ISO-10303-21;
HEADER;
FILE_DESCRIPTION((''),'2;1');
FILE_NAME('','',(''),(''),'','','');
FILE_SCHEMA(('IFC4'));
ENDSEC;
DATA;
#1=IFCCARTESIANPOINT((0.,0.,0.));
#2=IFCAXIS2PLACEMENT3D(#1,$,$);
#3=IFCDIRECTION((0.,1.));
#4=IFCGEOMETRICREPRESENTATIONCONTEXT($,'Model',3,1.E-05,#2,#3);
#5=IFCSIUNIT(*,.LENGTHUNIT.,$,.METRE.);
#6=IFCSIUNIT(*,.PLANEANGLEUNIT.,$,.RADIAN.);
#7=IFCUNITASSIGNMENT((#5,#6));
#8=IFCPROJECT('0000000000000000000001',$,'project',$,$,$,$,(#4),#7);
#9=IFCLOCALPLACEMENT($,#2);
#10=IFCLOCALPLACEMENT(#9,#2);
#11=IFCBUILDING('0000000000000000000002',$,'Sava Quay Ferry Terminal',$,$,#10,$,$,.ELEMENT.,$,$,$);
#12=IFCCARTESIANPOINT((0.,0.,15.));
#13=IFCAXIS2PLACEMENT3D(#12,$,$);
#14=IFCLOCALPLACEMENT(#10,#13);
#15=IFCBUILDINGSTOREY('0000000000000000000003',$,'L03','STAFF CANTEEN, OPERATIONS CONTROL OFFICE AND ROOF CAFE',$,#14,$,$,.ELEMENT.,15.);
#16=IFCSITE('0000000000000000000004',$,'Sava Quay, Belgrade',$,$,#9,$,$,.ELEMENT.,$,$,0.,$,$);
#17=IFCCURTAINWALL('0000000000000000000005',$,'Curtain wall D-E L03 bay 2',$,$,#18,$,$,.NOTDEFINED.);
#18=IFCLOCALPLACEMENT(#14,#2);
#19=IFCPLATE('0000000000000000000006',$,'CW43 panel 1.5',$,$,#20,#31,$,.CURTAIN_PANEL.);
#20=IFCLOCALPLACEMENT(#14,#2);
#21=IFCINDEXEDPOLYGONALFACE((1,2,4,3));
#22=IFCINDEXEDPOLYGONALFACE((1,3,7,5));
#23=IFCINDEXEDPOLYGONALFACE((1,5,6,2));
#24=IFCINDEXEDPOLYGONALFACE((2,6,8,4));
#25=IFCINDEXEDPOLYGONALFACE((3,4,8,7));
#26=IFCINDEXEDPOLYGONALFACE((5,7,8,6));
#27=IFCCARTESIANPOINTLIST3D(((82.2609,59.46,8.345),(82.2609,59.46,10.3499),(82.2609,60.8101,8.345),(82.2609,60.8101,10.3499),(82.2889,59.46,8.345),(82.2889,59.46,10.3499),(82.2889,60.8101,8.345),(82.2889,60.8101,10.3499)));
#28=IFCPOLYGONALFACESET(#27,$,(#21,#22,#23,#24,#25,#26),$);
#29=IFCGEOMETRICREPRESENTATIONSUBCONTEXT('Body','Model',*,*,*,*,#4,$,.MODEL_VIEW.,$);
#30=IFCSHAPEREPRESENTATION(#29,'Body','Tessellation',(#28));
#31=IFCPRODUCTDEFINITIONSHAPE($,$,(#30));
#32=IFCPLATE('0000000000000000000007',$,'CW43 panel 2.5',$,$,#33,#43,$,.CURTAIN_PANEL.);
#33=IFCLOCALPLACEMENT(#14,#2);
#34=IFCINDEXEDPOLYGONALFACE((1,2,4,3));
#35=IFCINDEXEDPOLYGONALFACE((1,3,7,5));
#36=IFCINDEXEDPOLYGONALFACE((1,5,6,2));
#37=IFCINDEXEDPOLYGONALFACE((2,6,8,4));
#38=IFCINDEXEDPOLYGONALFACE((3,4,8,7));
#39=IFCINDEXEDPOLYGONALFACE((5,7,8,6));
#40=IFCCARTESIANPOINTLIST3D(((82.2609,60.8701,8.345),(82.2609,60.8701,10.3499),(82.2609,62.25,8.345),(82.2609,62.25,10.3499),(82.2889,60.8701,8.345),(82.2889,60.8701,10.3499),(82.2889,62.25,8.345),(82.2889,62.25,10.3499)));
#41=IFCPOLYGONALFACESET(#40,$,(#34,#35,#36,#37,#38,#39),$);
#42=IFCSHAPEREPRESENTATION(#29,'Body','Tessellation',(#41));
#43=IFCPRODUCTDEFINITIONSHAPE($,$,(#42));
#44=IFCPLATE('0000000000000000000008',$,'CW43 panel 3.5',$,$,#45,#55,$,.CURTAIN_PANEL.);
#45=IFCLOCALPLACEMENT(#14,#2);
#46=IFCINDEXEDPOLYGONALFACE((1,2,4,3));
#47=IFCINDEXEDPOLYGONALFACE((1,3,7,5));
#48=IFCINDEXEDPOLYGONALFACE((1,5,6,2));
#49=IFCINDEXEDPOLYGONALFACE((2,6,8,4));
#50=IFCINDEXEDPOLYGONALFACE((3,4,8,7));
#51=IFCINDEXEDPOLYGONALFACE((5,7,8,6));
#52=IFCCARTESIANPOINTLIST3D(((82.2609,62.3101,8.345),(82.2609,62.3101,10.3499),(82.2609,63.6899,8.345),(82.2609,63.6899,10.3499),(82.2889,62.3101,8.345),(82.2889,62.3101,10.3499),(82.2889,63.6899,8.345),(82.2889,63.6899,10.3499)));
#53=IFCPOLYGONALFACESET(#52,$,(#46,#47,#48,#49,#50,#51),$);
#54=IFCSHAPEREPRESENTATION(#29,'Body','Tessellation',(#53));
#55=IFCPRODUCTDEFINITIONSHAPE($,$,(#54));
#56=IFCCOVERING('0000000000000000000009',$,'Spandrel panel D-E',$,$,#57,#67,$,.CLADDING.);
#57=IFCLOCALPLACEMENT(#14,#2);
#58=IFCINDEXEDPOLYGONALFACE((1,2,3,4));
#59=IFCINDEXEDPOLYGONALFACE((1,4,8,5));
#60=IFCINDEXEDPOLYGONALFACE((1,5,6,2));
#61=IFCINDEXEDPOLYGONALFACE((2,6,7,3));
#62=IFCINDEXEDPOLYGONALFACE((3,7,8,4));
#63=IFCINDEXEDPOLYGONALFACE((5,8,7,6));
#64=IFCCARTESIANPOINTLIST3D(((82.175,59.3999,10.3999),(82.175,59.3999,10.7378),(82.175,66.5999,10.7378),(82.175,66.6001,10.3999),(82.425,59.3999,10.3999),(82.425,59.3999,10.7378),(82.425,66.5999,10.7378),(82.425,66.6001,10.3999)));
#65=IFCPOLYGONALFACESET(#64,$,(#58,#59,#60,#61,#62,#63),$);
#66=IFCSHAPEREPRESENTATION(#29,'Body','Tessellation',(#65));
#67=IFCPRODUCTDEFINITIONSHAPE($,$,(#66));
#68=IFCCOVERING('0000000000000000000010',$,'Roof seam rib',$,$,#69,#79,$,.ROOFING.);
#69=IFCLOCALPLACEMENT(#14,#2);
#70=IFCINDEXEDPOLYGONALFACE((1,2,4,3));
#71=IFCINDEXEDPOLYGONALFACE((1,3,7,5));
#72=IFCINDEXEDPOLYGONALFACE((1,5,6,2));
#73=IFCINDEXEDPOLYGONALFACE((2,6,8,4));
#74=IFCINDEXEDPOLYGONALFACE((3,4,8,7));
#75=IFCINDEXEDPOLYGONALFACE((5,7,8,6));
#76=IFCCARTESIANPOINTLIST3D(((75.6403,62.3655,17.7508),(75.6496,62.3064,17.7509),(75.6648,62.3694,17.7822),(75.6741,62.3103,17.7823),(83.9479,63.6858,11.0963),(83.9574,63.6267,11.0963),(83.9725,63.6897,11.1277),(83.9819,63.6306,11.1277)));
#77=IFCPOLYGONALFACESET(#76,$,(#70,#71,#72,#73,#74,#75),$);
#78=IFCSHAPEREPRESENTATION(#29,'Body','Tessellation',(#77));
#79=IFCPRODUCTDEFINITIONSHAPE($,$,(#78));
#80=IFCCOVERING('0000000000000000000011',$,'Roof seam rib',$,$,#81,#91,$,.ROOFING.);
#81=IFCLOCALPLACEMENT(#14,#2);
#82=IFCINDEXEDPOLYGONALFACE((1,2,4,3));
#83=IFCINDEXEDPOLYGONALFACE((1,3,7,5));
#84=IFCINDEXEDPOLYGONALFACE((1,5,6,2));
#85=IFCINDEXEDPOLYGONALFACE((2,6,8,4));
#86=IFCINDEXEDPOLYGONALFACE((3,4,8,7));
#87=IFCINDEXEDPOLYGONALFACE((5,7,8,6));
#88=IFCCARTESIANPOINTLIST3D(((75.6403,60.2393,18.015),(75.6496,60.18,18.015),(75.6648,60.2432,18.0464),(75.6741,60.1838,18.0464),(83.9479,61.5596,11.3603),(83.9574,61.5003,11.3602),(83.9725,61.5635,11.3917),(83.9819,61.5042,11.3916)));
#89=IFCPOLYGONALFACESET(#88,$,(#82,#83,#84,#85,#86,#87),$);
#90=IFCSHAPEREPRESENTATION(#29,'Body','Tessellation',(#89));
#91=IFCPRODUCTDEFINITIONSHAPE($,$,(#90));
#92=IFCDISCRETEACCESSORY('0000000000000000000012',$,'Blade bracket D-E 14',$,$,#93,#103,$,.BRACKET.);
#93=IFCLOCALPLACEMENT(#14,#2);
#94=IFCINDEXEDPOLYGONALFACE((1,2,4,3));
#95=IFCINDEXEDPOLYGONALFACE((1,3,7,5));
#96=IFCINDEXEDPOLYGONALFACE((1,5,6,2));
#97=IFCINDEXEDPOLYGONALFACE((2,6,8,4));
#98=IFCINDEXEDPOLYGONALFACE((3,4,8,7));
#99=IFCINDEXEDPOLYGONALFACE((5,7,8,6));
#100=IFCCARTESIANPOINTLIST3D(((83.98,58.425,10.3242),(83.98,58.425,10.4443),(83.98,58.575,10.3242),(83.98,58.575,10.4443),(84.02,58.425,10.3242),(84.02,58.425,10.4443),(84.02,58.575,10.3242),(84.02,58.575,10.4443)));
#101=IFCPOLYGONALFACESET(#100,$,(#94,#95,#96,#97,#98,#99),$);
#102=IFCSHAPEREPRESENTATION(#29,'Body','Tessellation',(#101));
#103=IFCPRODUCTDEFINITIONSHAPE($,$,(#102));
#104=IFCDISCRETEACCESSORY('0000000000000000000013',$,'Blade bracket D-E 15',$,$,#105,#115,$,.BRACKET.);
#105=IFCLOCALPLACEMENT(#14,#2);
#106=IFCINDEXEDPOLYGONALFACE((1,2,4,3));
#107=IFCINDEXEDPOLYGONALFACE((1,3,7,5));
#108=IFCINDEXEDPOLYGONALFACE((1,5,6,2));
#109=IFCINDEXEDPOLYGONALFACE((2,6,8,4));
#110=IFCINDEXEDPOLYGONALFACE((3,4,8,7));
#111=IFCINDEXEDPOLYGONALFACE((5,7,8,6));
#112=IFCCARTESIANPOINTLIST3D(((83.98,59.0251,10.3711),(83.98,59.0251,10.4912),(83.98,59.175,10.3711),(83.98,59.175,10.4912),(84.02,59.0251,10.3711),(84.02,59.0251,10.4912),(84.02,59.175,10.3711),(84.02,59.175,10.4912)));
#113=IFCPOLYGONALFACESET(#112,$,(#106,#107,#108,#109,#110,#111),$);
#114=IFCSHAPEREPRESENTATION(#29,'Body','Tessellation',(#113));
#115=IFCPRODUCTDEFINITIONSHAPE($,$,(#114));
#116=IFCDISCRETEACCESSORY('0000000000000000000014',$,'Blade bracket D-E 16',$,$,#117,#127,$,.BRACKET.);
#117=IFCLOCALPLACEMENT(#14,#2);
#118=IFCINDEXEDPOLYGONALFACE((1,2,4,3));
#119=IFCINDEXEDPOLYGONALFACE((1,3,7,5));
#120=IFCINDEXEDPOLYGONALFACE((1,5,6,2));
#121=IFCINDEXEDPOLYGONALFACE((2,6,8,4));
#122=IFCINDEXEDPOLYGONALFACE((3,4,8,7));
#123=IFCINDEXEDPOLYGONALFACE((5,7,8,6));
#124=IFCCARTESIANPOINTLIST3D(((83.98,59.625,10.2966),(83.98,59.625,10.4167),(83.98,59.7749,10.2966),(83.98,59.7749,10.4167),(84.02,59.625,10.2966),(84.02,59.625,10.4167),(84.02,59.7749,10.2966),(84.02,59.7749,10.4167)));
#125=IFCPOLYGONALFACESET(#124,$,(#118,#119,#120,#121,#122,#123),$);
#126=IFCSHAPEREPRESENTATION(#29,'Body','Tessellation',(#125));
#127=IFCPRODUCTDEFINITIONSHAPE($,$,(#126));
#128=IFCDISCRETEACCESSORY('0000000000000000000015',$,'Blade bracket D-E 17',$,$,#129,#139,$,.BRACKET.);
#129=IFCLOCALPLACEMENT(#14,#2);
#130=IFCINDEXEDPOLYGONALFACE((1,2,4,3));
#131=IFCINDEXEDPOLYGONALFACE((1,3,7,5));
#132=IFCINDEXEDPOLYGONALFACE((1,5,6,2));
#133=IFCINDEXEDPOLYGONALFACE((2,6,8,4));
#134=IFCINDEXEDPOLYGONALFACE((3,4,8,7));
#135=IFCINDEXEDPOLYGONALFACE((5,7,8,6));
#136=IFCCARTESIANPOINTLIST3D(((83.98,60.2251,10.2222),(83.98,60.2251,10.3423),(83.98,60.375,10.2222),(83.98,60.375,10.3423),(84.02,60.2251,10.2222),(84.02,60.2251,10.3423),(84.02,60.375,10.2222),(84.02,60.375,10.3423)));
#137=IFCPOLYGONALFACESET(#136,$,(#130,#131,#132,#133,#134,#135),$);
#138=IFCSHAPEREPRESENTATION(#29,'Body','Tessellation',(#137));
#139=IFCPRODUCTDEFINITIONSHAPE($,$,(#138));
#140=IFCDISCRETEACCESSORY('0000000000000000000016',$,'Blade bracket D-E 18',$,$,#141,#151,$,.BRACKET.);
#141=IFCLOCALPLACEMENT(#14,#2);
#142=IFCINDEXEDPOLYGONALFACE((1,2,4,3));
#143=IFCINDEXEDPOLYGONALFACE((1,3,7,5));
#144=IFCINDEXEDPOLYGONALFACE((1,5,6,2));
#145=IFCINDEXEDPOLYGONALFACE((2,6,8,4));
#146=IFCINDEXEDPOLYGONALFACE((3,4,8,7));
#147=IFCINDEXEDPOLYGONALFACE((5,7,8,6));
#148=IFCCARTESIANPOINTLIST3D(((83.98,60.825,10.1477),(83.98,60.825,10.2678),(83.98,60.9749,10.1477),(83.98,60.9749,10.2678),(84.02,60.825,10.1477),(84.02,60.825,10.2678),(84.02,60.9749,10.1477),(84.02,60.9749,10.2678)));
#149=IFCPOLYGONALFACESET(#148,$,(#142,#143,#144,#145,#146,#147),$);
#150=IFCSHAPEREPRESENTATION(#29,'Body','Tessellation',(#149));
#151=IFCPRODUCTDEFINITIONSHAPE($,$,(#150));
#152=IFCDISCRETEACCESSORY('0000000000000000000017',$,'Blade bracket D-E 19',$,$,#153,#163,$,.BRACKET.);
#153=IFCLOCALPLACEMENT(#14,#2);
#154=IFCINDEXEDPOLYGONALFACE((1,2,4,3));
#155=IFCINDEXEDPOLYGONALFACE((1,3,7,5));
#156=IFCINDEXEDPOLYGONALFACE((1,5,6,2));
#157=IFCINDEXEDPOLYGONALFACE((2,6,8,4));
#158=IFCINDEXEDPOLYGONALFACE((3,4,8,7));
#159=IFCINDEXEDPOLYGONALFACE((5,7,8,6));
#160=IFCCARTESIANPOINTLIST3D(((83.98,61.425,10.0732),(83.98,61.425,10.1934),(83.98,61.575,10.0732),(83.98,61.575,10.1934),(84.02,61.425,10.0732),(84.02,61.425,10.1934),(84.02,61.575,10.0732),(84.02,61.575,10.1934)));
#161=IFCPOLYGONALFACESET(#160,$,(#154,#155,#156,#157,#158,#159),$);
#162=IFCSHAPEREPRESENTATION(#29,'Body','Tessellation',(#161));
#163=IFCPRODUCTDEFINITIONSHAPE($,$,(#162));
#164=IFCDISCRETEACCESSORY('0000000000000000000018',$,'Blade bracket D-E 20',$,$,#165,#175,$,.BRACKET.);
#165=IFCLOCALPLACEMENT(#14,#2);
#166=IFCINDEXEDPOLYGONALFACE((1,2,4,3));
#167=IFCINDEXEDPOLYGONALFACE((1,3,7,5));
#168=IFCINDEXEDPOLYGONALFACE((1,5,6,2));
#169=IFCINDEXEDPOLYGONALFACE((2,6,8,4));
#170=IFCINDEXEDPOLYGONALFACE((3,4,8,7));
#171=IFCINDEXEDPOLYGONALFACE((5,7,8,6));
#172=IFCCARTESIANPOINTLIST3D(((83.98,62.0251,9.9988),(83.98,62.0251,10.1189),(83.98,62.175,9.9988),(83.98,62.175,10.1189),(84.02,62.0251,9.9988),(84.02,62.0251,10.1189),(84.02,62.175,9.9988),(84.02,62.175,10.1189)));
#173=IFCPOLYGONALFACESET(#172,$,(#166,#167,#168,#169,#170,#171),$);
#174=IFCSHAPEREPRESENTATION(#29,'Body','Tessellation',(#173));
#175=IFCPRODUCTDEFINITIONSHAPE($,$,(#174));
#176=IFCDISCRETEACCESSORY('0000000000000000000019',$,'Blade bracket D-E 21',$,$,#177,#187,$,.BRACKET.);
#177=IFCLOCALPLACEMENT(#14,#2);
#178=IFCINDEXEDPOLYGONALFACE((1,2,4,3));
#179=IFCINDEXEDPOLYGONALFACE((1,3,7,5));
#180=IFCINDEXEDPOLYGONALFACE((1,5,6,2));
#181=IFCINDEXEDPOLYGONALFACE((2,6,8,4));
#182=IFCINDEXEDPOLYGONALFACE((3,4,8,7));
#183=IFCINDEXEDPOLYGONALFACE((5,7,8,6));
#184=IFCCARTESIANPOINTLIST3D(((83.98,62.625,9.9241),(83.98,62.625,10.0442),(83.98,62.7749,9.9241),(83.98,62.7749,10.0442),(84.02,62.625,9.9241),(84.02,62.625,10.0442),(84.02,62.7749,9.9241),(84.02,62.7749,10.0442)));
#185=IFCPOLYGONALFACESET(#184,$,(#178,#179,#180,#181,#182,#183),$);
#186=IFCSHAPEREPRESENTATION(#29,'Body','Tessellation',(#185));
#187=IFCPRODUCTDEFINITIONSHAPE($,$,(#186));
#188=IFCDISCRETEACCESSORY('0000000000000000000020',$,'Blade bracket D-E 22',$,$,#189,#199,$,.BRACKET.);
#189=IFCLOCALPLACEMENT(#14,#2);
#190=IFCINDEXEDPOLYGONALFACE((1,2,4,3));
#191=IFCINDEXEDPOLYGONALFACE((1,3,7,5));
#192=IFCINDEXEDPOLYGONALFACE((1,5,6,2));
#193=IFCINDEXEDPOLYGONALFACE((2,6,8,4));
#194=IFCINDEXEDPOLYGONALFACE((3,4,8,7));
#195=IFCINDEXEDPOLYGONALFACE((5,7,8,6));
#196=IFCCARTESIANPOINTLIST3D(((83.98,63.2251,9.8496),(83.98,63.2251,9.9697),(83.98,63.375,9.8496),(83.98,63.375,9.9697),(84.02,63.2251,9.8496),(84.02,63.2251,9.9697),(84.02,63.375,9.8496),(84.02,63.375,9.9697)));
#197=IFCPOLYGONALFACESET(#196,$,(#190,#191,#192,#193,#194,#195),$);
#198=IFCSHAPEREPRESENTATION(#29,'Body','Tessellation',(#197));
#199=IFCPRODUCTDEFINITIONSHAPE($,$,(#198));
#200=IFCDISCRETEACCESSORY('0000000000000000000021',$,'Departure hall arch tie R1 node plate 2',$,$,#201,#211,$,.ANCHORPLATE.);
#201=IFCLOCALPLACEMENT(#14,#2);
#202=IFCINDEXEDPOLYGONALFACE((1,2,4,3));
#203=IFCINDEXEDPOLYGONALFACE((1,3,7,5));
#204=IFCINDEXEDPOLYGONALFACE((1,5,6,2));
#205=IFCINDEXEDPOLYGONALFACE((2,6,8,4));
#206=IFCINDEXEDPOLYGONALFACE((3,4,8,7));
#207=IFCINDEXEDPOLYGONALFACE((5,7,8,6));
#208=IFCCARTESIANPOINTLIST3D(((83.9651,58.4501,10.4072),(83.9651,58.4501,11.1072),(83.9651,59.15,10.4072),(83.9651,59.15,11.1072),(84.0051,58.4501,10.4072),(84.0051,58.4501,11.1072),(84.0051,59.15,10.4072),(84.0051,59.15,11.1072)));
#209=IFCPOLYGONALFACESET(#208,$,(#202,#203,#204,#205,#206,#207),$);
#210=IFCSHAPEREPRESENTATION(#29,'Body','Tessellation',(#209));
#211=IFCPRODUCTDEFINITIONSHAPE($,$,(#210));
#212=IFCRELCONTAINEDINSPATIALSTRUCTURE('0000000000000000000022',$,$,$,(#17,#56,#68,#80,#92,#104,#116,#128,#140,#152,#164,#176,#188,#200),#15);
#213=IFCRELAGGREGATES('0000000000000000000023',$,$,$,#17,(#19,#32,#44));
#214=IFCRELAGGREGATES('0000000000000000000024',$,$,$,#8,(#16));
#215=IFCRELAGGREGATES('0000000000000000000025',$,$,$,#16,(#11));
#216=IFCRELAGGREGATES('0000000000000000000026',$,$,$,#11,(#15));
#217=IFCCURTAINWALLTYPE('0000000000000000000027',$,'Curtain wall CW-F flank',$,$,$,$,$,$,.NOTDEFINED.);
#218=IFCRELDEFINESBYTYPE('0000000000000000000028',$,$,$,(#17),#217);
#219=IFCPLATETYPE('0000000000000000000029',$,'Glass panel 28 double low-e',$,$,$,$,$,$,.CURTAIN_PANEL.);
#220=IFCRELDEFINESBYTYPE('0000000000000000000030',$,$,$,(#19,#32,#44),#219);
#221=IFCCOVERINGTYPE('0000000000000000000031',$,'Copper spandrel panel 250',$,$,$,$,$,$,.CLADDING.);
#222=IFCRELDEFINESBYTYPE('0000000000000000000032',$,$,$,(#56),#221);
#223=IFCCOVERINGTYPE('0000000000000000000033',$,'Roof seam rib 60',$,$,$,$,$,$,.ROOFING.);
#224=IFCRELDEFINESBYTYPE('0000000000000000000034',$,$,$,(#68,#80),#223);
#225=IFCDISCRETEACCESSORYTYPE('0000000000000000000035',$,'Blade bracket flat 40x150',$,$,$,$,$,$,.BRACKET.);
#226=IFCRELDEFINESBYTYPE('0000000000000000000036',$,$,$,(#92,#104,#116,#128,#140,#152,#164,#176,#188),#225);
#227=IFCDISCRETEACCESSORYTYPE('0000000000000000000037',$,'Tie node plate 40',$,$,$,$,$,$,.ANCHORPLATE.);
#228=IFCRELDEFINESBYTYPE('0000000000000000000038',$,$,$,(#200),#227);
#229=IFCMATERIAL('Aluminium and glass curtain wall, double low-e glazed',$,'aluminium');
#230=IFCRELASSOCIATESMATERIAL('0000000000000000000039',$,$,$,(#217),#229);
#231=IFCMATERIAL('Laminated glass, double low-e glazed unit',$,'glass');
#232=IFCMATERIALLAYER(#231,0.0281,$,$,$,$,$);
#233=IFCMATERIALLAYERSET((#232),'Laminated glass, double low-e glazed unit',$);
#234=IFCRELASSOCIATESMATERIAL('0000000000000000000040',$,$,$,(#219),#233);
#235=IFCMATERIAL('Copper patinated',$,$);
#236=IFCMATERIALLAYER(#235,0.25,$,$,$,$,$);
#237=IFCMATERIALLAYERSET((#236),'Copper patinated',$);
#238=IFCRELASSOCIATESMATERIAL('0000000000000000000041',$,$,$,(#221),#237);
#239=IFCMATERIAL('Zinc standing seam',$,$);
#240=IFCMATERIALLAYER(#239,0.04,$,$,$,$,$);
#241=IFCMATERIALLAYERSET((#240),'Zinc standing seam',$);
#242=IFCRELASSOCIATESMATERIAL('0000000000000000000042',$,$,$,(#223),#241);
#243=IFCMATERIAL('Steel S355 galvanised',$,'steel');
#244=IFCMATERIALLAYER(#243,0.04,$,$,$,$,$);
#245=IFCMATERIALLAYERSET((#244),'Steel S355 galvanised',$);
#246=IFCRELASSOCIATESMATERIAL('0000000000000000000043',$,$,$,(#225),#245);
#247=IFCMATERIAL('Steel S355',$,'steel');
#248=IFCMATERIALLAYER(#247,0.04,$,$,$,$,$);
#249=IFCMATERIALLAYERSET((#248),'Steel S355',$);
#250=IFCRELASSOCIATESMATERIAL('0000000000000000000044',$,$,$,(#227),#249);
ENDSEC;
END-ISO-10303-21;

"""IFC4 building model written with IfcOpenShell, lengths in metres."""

from ifc_helpers import new_model, si_unit, direction, frame, origin, origin_2d, place, context, subcontext, project, spatial, polyline, rectangle, outline, extrude, material, layer, layer_set, type_object, element, aggregate, save


model = new_model("IFC4")

# Units and contexts
model_context = context("Model", 3, precision=1e-05, world=origin(), true_north=direction((0.0, 1.0)))
body_context = subcontext(model_context, "Body", "Model", "MODEL_VIEW")
ifc_project = project(units=[si_unit("LENGTHUNIT", "METRE"), si_unit("PLANEANGLEUNIT", "RADIAN")], contexts=[model_context])

# Site, building, storey
site_placement = place(None, origin())
site = spatial("IfcSite", under=ifc_project, at=site_placement, Name="Sava Quay, Belgrade", CompositionType="ELEMENT", RefElevation=0.0)
building_placement = place(site_placement, origin())
building = spatial("IfcBuilding", under=site, at=building_placement, Name="Sava Quay Ferry Terminal", CompositionType="ELEMENT")
storey_placement = place(building_placement, frame((0.0, 0.0, 15.0)))
storey = spatial("IfcBuildingStorey", under=building, at=storey_placement, Name="L03", Description="STAFF CANTEEN, OPERATIONS CONTROL OFFICE AND ROOF CAFE", CompositionType="ELEMENT", Elevation=15.0)

# Curtain wall, plates
ifc_material_1 = material(Name="Aluminium and glass curtain wall, double low-e glazed", Category="aluminium")
curtain_wall_type = type_object("IfcCurtainWallType", Name="Curtain wall CW-F flank", PredefinedType="NOTDEFINED", material=ifc_material_1)
curtain_wall_placement = place(storey_placement, origin())
curtain_wall = element("IfcCurtainWall", 1, at=curtain_wall_placement, inside=storey, type_object=curtain_wall_type, Name="Curtain wall D-E L03 bay 2", PredefinedType="NOTDEFINED")
ifc_material_2 = material(Name="Laminated glass, double low-e glazed unit", Category="glass")
ifc_layer_1 = layer(ifc_material_2, 0.0281)
ifc_layer_set_1 = layer_set([ifc_layer_1], Name="Laminated glass, double low-e glazed unit")
plate_type = type_object("IfcPlateType", Name="Glass panel 28 double low-e", PredefinedType="CURTAIN_PANEL", material=ifc_layer_set_1)
plate_1_placement = place(storey_placement, frame((82.2749, 60.135, 8.345), z_axis=(0.0, 0.0, 1.0), x_axis=(0.0, 1.0, 0.0)))
plate_1 = element("IfcPlate", 2, at=plate_1_placement, type_object=plate_type, Name="CW43 panel 1.5", PredefinedType="CURTAIN_PANEL", context=body_context, shape_type="SweptSolid", body=[
    extrude(rectangle(XDim=1.3501, YDim=0.0281, at=origin_2d()), origin(), (0.0, 0.0, 1.0), 2.0049),
])
plate_2_placement = place(storey_placement, frame((82.2749, 61.5601, 8.345), z_axis=(0.0, 0.0, 1.0), x_axis=(0.0, 1.0, 0.0)))
plate_2 = element("IfcPlate", 3, at=plate_2_placement, type_object=plate_type, Name="CW43 panel 2.5", PredefinedType="CURTAIN_PANEL", context=body_context, shape_type="SweptSolid", body=[
    extrude(rectangle(XDim=1.3799, YDim=0.0281, at=origin_2d()), origin(), (0.0, 0.0, 1.0), 2.0049),
])
plate_3_placement = place(storey_placement, frame((82.2749, 63.0, 8.345), z_axis=(0.0, 0.0, 1.0), x_axis=(0.0, 1.0, 0.0)))
plate_3 = element("IfcPlate", 4, at=plate_3_placement, type_object=plate_type, Name="CW43 panel 3.5", PredefinedType="CURTAIN_PANEL", context=body_context, shape_type="SweptSolid", body=[
    extrude(rectangle(XDim=1.3799, YDim=0.0281, at=origin_2d()), origin(), (0.0, 0.0, 1.0), 2.0049),
])
aggregate(curtain_wall, [plate_1, plate_2, plate_3])

# Coverings
ifc_material_3 = material(Name="Copper patinated")
ifc_layer_2 = layer(ifc_material_3, 0.25)
ifc_layer_set_2 = layer_set([ifc_layer_2], Name="Copper patinated")
covering_type_1 = type_object("IfcCoveringType", Name="Copper spandrel panel 250", PredefinedType="CLADDING", material=ifc_layer_set_2)
covering_1_placement = place(storey_placement, frame((82.3, 59.3999, 10.3999), z_axis=(0.0, 0.0, 1.0), x_axis=(0.0, 1.0, 0.0)))
element("IfcCovering", 5, at=covering_1_placement, inside=storey, type_object=covering_type_1, Name="Spandrel panel D-E", PredefinedType="CLADDING", context=body_context, shape_type="SweptSolid", body=[
    extrude(outline(polyline([(0.0, 0.0), (7.2002, 0.0), (7.2, 0.3379), (0.0, 0.3379), (0.0, 0.0)])), frame((0.0, 0.125, 0.0), z_axis=(0.0, -1.0, 0.0), x_axis=(1.0, 0.0, 0.0)), (0.0, 0.0, 1.0), 0.25),
])
ifc_material_4 = material(Name="Zinc standing seam")
ifc_layer_3 = layer(ifc_material_4, 0.04)
ifc_layer_set_3 = layer_set([ifc_layer_3], Name="Zinc standing seam")
covering_type_2 = type_object("IfcCoveringType", Name="Roof seam rib 60", PredefinedType="ROOFING", material=ifc_layer_set_3)
covering_2_placement = place(storey_placement, frame((83.9819, 63.6306, 11.1277), z_axis=(0.612713, 0.097477, 0.784271), x_axis=(-0.774551, -0.123094, 0.620419)))
element("IfcCovering", 6, at=covering_2_placement, inside=storey, type_object=covering_type_2, Name="Roof seam rib", PredefinedType="ROOFING", context=body_context, shape_type="SweptSolid", body=[
    extrude(outline(polyline([(0.0, 0.0), (10.726, 0.0), (10.7259, -0.0598), (0.0001, -0.0598), (0.0, 0.0)])), origin(), (0.0, 0.0, -1.0), 0.04),
])
covering_3_placement = place(storey_placement, frame((83.9819, 61.5042, 11.3916), z_axis=(0.612789, 0.097088, 0.78426), x_axis=(-0.77454, -0.123092, 0.620433)))
element("IfcCovering", 7, at=covering_3_placement, inside=storey, type_object=covering_type_2, Name="Roof seam rib", PredefinedType="ROOFING", context=body_context, shape_type="SweptSolid", body=[
    extrude(outline(polyline([(0.0, 0.0), (10.7261, 0.0), (10.726, -0.06), (0.0001, -0.0601), (0.0, 0.0)])), origin(), (0.0, 0.0, -1.0), 0.04),
])

# Discrete accessories
ifc_material_5 = material(Name="Steel S355 galvanised", Category="steel")
ifc_layer_4 = layer(ifc_material_5, 0.04)
ifc_layer_set_4 = layer_set([ifc_layer_4], Name="Steel S355 galvanised")
discrete_accessory_type_1 = type_object("IfcDiscreteAccessoryType", Name="Blade bracket flat 40x150", PredefinedType="BRACKET", material=ifc_layer_set_4)
for number, where, z_axis, x_axis, name in (
    (8, (84.0, 58.5, 10.3242), (0.0, 0.0, 1.0), (1.0, 0.0, 0.0), "Blade bracket D-E 14"),
    (9, (84.0, 59.1001, 10.3711), (0.0, 0.0, 1.0), (1.0, 0.0, 0.0), "Blade bracket D-E 15"),
    (10, (84.0, 59.7, 10.2966), (0.0, 0.0, 1.0), (1.0, 0.0, 0.0), "Blade bracket D-E 16"),
    (11, (84.0, 60.3, 10.2222), (0.0, 0.0, 1.0), (1.0, 0.0, 0.0), "Blade bracket D-E 17"),
    (12, (84.0, 60.8999, 10.1477), (0.0, 0.0, 1.0), (1.0, 0.0, 0.0), "Blade bracket D-E 18"),
    (13, (84.0, 61.5, 10.0732), (0.0, 0.0, 1.0), (1.0, 0.0, 0.0), "Blade bracket D-E 19"),
    (14, (84.0, 62.1001, 9.9988), (0.0, 0.0, 1.0), (1.0, 0.0, 0.0), "Blade bracket D-E 20"),
    (15, (84.0, 62.7, 9.9241), (0.0, 0.0, 1.0), (1.0, 0.0, 0.0), "Blade bracket D-E 21"),
    (16, (84.0, 63.3, 9.8496), (0.0, 0.0, 1.0), (1.0, 0.0, 0.0), "Blade bracket D-E 22"),
):
    element("IfcDiscreteAccessory", number, at=place(storey_placement, frame(where, z_axis=z_axis, x_axis=x_axis)), inside=storey, type_object=discrete_accessory_type_1, Name=name, PredefinedType="BRACKET", context=body_context, shape_type="SweptSolid", body=[
        extrude(rectangle(XDim=0.04, YDim=0.1499, at=origin_2d()), origin(), (0.0, 0.0, 1.0), 0.1201),
    ])
ifc_material_6 = material(Name="Steel S355", Category="steel")
ifc_layer_5 = layer(ifc_material_6, 0.04)
ifc_layer_set_5 = layer_set([ifc_layer_5], Name="Steel S355")
discrete_accessory_type_2 = type_object("IfcDiscreteAccessoryType", Name="Tie node plate 40", PredefinedType="ANCHORPLATE", material=ifc_layer_set_5)
discrete_accessory_placement = place(storey_placement, frame((83.9851, 58.8, 10.4072), z_axis=(0.0, 0.0, 1.0), x_axis=(1.0, 0.0, 0.0)))
element("IfcDiscreteAccessory", 17, at=discrete_accessory_placement, inside=storey, type_object=discrete_accessory_type_2, Name="Departure hall arch tie R1 node plate 2", PredefinedType="ANCHORPLATE", context=body_context, shape_type="SweptSolid", body=[
    extrude(rectangle(XDim=0.04, YDim=0.7, at=origin_2d()), origin(), (0.0, 0.0, 1.0), 0.7),
])

save(model, "model.ifc")
